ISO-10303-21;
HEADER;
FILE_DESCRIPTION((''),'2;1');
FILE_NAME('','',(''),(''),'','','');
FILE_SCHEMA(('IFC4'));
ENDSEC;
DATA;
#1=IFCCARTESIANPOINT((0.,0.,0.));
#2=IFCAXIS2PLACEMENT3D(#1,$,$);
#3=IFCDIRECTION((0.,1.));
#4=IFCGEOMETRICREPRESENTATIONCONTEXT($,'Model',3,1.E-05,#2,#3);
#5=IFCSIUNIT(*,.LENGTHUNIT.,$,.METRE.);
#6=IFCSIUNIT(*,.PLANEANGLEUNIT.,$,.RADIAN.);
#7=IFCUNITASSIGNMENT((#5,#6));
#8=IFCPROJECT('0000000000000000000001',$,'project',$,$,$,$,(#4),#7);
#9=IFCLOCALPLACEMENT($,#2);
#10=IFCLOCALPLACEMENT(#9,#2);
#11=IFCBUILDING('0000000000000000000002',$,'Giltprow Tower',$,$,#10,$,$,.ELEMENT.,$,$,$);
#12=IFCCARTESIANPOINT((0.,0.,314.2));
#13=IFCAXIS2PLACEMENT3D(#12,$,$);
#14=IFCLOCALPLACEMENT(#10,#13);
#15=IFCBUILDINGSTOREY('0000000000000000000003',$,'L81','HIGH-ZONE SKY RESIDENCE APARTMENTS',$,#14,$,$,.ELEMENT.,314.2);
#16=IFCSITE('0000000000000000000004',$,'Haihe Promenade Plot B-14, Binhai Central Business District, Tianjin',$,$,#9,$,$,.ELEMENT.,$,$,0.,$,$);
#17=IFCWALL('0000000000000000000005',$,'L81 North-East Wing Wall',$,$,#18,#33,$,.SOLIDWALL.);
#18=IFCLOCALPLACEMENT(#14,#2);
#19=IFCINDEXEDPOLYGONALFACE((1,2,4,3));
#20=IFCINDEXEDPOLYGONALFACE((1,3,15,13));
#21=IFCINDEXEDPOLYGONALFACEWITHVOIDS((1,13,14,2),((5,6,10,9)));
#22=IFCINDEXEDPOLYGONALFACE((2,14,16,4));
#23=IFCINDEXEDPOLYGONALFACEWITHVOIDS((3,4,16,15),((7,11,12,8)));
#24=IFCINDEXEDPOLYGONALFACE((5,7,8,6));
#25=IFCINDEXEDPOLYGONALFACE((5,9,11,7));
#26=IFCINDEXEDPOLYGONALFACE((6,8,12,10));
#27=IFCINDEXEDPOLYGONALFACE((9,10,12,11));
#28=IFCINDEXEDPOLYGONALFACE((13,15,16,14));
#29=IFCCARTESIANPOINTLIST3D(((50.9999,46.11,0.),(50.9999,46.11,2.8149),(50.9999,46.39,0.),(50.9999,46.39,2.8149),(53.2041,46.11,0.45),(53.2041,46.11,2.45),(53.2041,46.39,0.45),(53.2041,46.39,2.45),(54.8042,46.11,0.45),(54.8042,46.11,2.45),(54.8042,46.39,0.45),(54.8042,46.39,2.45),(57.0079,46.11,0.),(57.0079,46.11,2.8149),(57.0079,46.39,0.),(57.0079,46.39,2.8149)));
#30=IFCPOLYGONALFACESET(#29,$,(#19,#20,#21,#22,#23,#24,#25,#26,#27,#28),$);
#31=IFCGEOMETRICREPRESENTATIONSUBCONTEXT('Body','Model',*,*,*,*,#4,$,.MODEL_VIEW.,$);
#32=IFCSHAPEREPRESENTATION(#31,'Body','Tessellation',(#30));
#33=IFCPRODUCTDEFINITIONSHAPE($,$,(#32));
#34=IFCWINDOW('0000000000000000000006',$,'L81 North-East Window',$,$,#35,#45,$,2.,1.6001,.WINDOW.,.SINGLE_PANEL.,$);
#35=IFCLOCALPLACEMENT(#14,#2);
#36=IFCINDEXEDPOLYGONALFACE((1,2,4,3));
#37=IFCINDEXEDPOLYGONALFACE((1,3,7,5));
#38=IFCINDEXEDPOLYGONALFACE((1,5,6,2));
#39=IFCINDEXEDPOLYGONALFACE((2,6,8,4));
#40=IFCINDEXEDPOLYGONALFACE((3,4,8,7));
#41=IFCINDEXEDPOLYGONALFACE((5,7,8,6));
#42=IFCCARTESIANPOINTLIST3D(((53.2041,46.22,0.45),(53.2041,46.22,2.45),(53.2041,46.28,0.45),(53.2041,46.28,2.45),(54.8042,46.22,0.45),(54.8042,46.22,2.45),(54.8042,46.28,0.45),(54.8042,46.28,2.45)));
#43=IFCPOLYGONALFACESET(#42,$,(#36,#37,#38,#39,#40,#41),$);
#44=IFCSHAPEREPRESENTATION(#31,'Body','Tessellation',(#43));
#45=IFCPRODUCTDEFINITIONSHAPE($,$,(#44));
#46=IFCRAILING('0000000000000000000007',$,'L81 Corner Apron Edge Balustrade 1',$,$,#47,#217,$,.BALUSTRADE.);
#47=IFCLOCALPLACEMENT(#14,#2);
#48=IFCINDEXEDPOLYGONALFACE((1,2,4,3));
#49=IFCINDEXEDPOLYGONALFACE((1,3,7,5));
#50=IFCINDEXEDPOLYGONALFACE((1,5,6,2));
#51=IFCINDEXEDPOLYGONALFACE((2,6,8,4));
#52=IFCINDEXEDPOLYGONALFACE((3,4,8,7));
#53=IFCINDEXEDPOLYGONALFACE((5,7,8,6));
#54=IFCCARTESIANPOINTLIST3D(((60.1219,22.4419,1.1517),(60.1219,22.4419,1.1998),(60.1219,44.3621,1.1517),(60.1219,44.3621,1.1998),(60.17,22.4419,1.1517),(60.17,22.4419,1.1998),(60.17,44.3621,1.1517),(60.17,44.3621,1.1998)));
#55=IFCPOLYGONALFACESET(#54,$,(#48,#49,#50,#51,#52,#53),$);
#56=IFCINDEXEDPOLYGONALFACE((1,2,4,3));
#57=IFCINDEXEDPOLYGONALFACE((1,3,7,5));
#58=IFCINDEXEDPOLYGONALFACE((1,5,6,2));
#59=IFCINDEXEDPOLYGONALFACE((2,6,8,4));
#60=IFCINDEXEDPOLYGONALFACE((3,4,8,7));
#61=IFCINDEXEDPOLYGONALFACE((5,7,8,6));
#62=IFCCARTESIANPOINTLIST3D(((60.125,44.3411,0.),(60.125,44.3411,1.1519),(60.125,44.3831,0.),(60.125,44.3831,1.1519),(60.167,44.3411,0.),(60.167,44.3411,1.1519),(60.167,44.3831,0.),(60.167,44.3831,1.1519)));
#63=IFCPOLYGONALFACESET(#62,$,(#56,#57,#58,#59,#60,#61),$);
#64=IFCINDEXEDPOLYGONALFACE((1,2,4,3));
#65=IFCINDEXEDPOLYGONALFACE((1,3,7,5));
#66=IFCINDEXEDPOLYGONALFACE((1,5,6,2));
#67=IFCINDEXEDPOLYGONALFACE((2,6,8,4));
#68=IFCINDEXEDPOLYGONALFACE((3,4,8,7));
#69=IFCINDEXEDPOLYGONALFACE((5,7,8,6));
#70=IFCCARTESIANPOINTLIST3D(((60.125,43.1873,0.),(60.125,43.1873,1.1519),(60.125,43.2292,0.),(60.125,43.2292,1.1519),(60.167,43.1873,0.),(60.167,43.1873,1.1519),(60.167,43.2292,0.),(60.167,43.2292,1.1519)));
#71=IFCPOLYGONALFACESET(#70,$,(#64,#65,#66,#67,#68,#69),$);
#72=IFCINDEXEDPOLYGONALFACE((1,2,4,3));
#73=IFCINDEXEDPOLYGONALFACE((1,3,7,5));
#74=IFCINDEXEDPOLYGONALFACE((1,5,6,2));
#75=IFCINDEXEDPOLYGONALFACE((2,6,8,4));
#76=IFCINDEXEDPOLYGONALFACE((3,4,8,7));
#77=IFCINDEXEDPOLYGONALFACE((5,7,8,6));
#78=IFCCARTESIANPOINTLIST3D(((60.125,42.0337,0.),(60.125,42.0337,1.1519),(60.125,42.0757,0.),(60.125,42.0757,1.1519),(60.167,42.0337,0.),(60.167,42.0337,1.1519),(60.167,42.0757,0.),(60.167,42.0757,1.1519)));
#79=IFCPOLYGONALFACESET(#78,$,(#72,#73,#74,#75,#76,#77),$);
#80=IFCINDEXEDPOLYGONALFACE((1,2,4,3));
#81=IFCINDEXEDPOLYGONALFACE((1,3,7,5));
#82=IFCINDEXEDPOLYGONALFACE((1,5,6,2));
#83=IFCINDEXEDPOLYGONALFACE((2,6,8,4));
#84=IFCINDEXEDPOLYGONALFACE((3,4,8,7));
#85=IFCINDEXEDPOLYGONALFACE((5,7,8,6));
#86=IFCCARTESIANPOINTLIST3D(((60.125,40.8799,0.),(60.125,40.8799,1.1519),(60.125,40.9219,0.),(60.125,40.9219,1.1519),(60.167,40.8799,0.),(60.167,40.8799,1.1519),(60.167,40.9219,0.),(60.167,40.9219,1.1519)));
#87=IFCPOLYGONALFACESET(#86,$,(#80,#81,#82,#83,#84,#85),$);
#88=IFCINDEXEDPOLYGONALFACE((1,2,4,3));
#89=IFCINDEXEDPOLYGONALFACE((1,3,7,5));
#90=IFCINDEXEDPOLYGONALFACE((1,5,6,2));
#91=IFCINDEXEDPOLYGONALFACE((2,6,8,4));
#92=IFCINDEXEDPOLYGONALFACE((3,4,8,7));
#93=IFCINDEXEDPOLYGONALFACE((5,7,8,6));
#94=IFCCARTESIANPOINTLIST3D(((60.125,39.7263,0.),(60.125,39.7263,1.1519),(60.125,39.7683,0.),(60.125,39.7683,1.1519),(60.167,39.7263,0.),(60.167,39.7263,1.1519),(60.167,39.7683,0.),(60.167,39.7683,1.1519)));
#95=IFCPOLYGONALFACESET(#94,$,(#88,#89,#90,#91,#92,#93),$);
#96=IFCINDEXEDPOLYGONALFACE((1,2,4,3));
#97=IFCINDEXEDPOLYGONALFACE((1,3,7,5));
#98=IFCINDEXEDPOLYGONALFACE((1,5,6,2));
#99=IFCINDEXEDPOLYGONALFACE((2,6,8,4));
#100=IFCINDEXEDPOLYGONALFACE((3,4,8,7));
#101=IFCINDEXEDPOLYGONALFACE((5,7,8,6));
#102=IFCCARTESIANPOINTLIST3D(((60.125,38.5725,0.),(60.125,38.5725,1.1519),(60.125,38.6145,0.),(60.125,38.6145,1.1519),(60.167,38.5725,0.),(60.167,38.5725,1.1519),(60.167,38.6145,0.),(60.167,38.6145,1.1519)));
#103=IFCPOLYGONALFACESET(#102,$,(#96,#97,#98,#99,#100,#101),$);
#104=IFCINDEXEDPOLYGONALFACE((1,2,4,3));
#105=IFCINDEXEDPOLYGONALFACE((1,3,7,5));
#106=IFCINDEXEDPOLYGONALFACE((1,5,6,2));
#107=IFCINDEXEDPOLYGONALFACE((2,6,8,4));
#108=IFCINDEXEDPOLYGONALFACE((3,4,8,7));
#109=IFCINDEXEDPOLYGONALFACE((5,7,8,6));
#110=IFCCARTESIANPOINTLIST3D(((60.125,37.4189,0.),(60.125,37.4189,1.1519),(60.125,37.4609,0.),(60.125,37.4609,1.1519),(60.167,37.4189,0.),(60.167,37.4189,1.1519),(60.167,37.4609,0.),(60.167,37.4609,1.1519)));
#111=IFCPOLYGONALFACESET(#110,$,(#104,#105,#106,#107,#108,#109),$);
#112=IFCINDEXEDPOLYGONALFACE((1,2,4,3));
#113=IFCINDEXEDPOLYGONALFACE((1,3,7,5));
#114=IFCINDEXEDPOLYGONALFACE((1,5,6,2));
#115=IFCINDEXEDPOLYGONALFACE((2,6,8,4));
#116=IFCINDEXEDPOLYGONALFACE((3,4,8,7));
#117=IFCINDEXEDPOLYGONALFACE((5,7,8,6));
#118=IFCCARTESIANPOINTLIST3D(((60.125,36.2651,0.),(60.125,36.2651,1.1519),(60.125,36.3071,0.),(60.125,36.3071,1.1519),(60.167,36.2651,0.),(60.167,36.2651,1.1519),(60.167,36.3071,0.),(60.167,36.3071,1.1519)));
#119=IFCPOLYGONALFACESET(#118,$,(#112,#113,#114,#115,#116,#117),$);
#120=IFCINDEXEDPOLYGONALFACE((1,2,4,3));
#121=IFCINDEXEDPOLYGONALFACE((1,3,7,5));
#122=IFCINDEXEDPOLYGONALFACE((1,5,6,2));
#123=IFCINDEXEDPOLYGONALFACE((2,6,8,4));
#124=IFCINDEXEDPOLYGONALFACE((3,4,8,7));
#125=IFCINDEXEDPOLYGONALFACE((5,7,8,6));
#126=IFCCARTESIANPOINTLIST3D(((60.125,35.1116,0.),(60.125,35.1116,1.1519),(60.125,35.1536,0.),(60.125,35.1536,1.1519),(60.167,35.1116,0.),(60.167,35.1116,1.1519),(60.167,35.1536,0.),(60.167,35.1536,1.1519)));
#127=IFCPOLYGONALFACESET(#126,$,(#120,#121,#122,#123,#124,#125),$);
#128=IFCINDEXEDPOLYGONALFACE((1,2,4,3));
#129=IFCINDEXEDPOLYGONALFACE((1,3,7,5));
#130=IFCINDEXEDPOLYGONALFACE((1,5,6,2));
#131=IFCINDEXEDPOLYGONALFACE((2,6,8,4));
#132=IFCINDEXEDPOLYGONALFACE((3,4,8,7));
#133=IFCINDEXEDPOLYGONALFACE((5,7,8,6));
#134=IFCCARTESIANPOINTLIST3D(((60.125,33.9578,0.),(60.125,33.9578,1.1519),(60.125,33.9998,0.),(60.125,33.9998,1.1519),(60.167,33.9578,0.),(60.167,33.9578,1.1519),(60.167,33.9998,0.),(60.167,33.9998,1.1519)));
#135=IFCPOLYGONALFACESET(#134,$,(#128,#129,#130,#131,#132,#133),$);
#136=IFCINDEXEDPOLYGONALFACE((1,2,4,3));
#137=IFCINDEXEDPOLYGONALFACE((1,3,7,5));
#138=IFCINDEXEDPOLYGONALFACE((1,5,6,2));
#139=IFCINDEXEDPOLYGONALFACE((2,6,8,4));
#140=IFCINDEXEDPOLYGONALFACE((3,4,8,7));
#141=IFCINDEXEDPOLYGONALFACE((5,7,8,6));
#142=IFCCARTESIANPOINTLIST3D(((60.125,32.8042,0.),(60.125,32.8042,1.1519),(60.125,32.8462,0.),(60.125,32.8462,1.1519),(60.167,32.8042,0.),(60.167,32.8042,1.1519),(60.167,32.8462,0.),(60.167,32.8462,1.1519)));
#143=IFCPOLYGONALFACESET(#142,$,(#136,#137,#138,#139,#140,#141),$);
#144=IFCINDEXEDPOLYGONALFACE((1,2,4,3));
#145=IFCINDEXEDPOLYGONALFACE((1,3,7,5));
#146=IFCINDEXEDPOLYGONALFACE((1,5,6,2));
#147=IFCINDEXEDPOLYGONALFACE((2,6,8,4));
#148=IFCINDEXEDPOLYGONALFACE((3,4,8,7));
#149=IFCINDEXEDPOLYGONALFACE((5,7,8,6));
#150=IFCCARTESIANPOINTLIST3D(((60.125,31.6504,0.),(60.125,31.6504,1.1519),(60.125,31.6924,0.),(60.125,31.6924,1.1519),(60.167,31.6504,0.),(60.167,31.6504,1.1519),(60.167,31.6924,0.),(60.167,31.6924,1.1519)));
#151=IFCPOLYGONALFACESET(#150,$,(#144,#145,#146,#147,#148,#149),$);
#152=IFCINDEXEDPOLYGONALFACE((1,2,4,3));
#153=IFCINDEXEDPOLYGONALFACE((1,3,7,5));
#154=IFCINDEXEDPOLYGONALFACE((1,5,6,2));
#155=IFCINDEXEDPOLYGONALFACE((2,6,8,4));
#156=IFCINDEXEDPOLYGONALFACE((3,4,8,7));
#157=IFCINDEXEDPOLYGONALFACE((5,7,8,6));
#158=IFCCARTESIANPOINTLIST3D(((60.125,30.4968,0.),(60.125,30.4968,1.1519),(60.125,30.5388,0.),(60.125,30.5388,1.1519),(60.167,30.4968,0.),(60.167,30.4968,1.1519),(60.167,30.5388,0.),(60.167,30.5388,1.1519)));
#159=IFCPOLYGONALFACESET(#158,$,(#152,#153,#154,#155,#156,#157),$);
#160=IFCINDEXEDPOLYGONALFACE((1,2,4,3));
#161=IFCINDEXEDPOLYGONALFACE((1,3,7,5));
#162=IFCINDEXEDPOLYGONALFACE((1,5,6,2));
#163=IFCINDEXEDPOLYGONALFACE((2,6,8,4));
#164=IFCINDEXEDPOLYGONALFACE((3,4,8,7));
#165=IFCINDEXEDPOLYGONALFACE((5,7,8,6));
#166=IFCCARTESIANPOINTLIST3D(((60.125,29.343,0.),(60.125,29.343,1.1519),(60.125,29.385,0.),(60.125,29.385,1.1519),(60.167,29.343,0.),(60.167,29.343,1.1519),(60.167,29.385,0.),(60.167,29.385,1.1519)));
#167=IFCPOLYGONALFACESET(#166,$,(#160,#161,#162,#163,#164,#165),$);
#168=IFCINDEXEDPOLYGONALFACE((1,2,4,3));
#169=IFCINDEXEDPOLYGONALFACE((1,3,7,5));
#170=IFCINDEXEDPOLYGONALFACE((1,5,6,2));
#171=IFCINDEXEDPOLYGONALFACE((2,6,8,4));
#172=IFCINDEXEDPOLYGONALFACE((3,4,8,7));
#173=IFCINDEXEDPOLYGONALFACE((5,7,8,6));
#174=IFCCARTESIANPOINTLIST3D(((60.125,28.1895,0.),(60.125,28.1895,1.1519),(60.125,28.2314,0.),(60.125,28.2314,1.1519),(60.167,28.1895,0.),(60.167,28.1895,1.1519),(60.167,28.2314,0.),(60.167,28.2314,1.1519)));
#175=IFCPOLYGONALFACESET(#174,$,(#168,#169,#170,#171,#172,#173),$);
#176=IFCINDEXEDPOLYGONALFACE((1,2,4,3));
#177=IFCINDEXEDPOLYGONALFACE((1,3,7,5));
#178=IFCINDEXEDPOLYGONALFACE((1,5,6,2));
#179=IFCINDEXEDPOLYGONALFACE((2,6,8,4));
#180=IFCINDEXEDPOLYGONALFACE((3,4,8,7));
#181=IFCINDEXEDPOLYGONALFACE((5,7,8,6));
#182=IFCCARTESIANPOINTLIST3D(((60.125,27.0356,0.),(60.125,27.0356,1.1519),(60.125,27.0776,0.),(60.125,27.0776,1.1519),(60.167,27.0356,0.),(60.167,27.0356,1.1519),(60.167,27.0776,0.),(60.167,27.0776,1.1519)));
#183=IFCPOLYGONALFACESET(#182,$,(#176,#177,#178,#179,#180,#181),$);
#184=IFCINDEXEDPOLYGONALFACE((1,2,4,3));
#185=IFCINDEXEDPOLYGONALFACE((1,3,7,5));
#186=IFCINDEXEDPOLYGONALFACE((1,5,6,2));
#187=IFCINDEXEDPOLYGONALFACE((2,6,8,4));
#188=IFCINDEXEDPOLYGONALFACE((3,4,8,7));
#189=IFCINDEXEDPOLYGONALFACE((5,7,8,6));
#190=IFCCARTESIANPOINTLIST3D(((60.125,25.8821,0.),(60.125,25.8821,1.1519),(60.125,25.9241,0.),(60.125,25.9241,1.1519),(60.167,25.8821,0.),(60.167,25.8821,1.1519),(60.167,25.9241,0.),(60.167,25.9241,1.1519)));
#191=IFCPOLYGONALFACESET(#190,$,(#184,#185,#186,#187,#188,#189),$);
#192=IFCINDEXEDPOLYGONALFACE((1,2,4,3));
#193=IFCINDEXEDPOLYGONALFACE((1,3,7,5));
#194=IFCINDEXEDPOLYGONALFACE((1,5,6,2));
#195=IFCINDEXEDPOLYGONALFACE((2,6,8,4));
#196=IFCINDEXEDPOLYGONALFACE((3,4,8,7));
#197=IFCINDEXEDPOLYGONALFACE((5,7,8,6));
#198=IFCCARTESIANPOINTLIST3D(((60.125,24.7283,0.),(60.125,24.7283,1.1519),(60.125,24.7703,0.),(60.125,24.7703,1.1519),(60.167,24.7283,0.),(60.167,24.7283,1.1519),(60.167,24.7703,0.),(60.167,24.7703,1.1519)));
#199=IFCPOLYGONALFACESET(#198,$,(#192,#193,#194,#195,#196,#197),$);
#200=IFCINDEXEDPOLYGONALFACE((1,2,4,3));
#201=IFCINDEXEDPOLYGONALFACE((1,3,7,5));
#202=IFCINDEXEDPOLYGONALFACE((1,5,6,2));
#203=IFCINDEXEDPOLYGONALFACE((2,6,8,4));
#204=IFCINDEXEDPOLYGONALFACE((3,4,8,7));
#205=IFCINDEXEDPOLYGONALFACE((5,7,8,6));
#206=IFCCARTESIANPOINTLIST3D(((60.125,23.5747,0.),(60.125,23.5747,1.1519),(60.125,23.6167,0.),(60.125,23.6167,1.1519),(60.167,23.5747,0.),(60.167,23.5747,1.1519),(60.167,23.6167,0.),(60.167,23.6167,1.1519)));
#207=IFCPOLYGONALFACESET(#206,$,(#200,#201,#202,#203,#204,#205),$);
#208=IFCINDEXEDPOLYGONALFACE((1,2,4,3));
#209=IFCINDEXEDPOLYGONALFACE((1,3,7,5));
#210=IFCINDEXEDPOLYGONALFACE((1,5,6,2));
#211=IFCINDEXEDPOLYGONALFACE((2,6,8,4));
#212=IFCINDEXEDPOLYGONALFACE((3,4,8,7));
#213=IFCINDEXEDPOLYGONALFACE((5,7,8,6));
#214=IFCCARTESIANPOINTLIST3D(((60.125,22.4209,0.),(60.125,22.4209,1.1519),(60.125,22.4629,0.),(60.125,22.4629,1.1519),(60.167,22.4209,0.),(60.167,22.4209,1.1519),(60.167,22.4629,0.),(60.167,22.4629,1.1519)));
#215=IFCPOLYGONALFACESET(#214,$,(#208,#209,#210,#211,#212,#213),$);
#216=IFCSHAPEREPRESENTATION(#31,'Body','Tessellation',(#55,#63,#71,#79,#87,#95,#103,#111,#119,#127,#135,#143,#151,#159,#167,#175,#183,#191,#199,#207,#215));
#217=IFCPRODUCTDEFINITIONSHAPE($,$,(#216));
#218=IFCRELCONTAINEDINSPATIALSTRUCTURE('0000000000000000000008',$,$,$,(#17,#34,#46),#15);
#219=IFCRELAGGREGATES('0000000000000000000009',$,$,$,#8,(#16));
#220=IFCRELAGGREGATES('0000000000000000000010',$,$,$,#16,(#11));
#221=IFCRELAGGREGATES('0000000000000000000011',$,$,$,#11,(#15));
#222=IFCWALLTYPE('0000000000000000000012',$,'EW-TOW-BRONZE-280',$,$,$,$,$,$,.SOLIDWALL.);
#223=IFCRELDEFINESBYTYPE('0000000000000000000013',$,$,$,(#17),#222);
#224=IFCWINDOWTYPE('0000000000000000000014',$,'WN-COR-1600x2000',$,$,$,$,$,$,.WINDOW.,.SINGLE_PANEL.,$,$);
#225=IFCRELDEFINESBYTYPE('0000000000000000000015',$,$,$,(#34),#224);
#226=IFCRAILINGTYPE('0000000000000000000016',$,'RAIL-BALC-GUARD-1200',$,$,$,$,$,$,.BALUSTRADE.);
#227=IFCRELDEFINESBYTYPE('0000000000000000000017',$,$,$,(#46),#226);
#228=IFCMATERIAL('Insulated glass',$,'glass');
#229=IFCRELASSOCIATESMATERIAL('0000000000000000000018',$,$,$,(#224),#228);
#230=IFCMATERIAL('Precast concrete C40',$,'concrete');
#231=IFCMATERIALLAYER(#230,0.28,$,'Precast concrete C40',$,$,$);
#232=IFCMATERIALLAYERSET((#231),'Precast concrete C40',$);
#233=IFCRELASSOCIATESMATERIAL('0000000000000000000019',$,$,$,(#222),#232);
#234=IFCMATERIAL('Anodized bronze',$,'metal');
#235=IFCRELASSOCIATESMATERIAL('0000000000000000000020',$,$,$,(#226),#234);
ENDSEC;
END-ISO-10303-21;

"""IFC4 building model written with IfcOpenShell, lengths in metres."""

from ifc_helpers import new_model, si_unit, direction, frame, frame_2d, origin, origin_2d, place, context, subcontext, project, spatial, rectangle, extrude, source, transform, mapped, material, layer, layer_set, type_object, element, fill, save


model = new_model("IFC4")

# Units and contexts
model_context = context("Model", 3, precision=1e-05, world=origin(), true_north=direction((0.0, 1.0)))
body_context = subcontext(model_context, "Body", "Model", "MODEL_VIEW")
ifc_project = project(units=[si_unit("LENGTHUNIT", "METRE"), si_unit("PLANEANGLEUNIT", "RADIAN")], contexts=[model_context])

# Site, building, storey
site_placement = place(None, origin())
site = spatial("IfcSite", under=ifc_project, at=site_placement, Name="Haihe Promenade Plot B-14, Binhai Central Business District, Tianjin", CompositionType="ELEMENT", RefElevation=0.0)
building_placement = place(site_placement, origin())
building = spatial("IfcBuilding", under=site, at=building_placement, Name="Giltprow Tower", CompositionType="ELEMENT")
storey_placement = place(building_placement, frame((0.0, 0.0, 314.2)))
storey = spatial("IfcBuildingStorey", under=building, at=storey_placement, Name="L81", Description="HIGH-ZONE SKY RESIDENCE APARTMENTS", CompositionType="ELEMENT", Elevation=314.2)

# Wall, opening, window
ifc_material_1 = material(Name="Precast concrete C40", Category="concrete")
ifc_material_2 = material(Name="Insulated glass", Category="glass")
window_type = type_object("IfcWindowType", Name="WN-COR-1600x2000", PartitioningType="SINGLE_PANEL", PredefinedType="WINDOW", material=ifc_material_2)
shared_shape_1 = source(origin(), body_context, "Body", "SweptSolid", [
    extrude(rectangle(XDim=1.6001, YDim=2.0, at=frame_2d((0.8, 1.0))), frame((0.0, 0.03, 0.0), z_axis=(0.0, -1.0, 0.0), x_axis=(1.0, 0.0, 0.0)), (0.0, 0.0, 1.0), 0.0601),
])
ifc_layer_1 = layer(ifc_material_1, 0.28, Name="Precast concrete C40")
ifc_layer_set_1 = layer_set([ifc_layer_1], Name="Precast concrete C40")
wall_type_1 = type_object("IfcWallType", Name="EW-TOW-BRONZE-280", PredefinedType="SOLIDWALL", material=ifc_layer_set_1)
wall_1_placement = place(storey_placement, frame((51.0, 46.25, 0.0), z_axis=(0.0, 0.0, 1.0), x_axis=(1.0, 0.0, 0.0)))
wall_1 = element("IfcWall", 1, at=wall_1_placement, inside=storey, type_object=wall_type_1, Name="L81 North-East Wing Wall", PredefinedType="SOLIDWALL", context=body_context, shape_type="SweptSolid", body=[
    extrude(rectangle(XDim=6.0081, YDim=0.28, at=frame_2d((3.0039, 0.0))), origin(), (0.0, 0.0, 1.0), 2.8149),
])
opening_1_placement = place(wall_1_placement, frame((2.2041, 0.0, 0.45)))
opening_1 = element("IfcOpeningElement", 2, at=opening_1_placement, cuts=wall_1, PredefinedType="OPENING", context=body_context, shape_type="SweptSolid", body=[
    extrude(rectangle(XDim=1.6001, YDim=2.0, at=frame_2d((0.8, 1.0))), frame((0.0, 0.1499, 0.0), z_axis=(0.0, -1.0, 0.0), x_axis=(1.0, 0.0, 0.0)), (0.0, 0.0, 1.0), 0.3),
])
window_1_placement = place(opening_1_placement, origin())
window_1 = element("IfcWindow", 3, at=window_1_placement, inside=storey, type_object=window_type, Name="L81 North-East Window", OverallHeight=2.0, OverallWidth=1.6001, PartitioningType="SINGLE_PANEL", PredefinedType="WINDOW", context=body_context, shape_type="MappedRepresentation", body=[
    mapped(shared_shape_1, transform((0.0, 0.0, 0.0), x_axis=(1.0, 0.0, 0.0), y_axis=(0.0, 1.0, 0.0), z_axis=(0.0, 0.0, 1.0), scale=1.0)),
])
fill(opening_1, window_1)

# Railing
ifc_material_3 = material(Name="Anodized bronze", Category="metal")
railing_type = type_object("IfcRailingType", Name="RAIL-BALC-GUARD-1200", PredefinedType="BALUSTRADE", material=ifc_material_3)
railing_1_placement = place(storey_placement, frame((60.146, 44.3621, 0.0)))
element("IfcRailing", 4, at=railing_1_placement, inside=storey, type_object=railing_type, Name="L81 Corner Apron Edge Balustrade 1", PredefinedType="BALUSTRADE", context=body_context, shape_type="SweptSolid", body=[
    extrude(rectangle(XDim=0.0481, YDim=0.0481, at=origin_2d()), frame((0.0, 0.0, 1.1758), z_axis=(0.0, -1.0, 0.0), x_axis=(1.0, 0.0, 0.0)), (0.0, 0.0, 1.0), 21.9202),
    extrude(rectangle(XDim=0.042, YDim=0.042, at=origin_2d()), origin(), (0.0, 0.0, 1.0), 1.1519),
    extrude(rectangle(XDim=0.042, YDim=0.042, at=origin_2d()), frame((0.0, -1.1538, 0.0)), (0.0, 0.0, 1.0), 1.1519),
    extrude(rectangle(XDim=0.042, YDim=0.042, at=origin_2d()), frame((0.0, -2.3074, 0.0)), (0.0, 0.0, 1.0), 1.1519),
    extrude(rectangle(XDim=0.042, YDim=0.042, at=origin_2d()), frame((0.0, -3.4612, 0.0)), (0.0, 0.0, 1.0), 1.1519),
    extrude(rectangle(XDim=0.042, YDim=0.042, at=origin_2d()), frame((0.0, -4.6147, 0.0)), (0.0, 0.0, 1.0), 1.1519),
    extrude(rectangle(XDim=0.042, YDim=0.042, at=origin_2d()), frame((0.0, -5.7686, 0.0)), (0.0, 0.0, 1.0), 1.1519),
    extrude(rectangle(XDim=0.042, YDim=0.042, at=origin_2d()), frame((0.0, -6.9221, 0.0)), (0.0, 0.0, 1.0), 1.1519),
    extrude(rectangle(XDim=0.042, YDim=0.042, at=origin_2d()), frame((0.0, -8.0759, 0.0)), (0.0, 0.0, 1.0), 1.1519),
    extrude(rectangle(XDim=0.042, YDim=0.042, at=origin_2d()), frame((0.0, -9.2295, 0.0)), (0.0, 0.0, 1.0), 1.1519),
    extrude(rectangle(XDim=0.042, YDim=0.042, at=origin_2d()), frame((0.0, -10.3833, 0.0)), (0.0, 0.0, 1.0), 1.1519),
    extrude(rectangle(XDim=0.042, YDim=0.042, at=origin_2d()), frame((0.0, -11.5369, 0.0)), (0.0, 0.0, 1.0), 1.1519),
    extrude(rectangle(XDim=0.042, YDim=0.042, at=origin_2d()), frame((0.0, -12.6907, 0.0)), (0.0, 0.0, 1.0), 1.1519),
    extrude(rectangle(XDim=0.042, YDim=0.042, at=origin_2d()), frame((0.0, -13.8442, 0.0)), (0.0, 0.0, 1.0), 1.1519),
    extrude(rectangle(XDim=0.042, YDim=0.042, at=origin_2d()), frame((0.0, -14.998, 0.0)), (0.0, 0.0, 1.0), 1.1519),
    extrude(rectangle(XDim=0.042, YDim=0.042, at=origin_2d()), frame((0.0, -16.1516, 0.0)), (0.0, 0.0, 1.0), 1.1519),
    extrude(rectangle(XDim=0.042, YDim=0.042, at=origin_2d()), frame((0.0, -17.3054, 0.0)), (0.0, 0.0, 1.0), 1.1519),
    extrude(rectangle(XDim=0.042, YDim=0.042, at=origin_2d()), frame((0.0, -18.459, 0.0)), (0.0, 0.0, 1.0), 1.1519),
    extrude(rectangle(XDim=0.042, YDim=0.042, at=origin_2d()), frame((0.0, -19.6128, 0.0)), (0.0, 0.0, 1.0), 1.1519),
    extrude(rectangle(XDim=0.042, YDim=0.042, at=origin_2d()), frame((0.0, -20.7664, 0.0)), (0.0, 0.0, 1.0), 1.1519),
    extrude(rectangle(XDim=0.042, YDim=0.042, at=origin_2d()), frame((0.0, -21.9202, 0.0)), (0.0, 0.0, 1.0), 1.1519),
])

save(model, "model.ifc")
